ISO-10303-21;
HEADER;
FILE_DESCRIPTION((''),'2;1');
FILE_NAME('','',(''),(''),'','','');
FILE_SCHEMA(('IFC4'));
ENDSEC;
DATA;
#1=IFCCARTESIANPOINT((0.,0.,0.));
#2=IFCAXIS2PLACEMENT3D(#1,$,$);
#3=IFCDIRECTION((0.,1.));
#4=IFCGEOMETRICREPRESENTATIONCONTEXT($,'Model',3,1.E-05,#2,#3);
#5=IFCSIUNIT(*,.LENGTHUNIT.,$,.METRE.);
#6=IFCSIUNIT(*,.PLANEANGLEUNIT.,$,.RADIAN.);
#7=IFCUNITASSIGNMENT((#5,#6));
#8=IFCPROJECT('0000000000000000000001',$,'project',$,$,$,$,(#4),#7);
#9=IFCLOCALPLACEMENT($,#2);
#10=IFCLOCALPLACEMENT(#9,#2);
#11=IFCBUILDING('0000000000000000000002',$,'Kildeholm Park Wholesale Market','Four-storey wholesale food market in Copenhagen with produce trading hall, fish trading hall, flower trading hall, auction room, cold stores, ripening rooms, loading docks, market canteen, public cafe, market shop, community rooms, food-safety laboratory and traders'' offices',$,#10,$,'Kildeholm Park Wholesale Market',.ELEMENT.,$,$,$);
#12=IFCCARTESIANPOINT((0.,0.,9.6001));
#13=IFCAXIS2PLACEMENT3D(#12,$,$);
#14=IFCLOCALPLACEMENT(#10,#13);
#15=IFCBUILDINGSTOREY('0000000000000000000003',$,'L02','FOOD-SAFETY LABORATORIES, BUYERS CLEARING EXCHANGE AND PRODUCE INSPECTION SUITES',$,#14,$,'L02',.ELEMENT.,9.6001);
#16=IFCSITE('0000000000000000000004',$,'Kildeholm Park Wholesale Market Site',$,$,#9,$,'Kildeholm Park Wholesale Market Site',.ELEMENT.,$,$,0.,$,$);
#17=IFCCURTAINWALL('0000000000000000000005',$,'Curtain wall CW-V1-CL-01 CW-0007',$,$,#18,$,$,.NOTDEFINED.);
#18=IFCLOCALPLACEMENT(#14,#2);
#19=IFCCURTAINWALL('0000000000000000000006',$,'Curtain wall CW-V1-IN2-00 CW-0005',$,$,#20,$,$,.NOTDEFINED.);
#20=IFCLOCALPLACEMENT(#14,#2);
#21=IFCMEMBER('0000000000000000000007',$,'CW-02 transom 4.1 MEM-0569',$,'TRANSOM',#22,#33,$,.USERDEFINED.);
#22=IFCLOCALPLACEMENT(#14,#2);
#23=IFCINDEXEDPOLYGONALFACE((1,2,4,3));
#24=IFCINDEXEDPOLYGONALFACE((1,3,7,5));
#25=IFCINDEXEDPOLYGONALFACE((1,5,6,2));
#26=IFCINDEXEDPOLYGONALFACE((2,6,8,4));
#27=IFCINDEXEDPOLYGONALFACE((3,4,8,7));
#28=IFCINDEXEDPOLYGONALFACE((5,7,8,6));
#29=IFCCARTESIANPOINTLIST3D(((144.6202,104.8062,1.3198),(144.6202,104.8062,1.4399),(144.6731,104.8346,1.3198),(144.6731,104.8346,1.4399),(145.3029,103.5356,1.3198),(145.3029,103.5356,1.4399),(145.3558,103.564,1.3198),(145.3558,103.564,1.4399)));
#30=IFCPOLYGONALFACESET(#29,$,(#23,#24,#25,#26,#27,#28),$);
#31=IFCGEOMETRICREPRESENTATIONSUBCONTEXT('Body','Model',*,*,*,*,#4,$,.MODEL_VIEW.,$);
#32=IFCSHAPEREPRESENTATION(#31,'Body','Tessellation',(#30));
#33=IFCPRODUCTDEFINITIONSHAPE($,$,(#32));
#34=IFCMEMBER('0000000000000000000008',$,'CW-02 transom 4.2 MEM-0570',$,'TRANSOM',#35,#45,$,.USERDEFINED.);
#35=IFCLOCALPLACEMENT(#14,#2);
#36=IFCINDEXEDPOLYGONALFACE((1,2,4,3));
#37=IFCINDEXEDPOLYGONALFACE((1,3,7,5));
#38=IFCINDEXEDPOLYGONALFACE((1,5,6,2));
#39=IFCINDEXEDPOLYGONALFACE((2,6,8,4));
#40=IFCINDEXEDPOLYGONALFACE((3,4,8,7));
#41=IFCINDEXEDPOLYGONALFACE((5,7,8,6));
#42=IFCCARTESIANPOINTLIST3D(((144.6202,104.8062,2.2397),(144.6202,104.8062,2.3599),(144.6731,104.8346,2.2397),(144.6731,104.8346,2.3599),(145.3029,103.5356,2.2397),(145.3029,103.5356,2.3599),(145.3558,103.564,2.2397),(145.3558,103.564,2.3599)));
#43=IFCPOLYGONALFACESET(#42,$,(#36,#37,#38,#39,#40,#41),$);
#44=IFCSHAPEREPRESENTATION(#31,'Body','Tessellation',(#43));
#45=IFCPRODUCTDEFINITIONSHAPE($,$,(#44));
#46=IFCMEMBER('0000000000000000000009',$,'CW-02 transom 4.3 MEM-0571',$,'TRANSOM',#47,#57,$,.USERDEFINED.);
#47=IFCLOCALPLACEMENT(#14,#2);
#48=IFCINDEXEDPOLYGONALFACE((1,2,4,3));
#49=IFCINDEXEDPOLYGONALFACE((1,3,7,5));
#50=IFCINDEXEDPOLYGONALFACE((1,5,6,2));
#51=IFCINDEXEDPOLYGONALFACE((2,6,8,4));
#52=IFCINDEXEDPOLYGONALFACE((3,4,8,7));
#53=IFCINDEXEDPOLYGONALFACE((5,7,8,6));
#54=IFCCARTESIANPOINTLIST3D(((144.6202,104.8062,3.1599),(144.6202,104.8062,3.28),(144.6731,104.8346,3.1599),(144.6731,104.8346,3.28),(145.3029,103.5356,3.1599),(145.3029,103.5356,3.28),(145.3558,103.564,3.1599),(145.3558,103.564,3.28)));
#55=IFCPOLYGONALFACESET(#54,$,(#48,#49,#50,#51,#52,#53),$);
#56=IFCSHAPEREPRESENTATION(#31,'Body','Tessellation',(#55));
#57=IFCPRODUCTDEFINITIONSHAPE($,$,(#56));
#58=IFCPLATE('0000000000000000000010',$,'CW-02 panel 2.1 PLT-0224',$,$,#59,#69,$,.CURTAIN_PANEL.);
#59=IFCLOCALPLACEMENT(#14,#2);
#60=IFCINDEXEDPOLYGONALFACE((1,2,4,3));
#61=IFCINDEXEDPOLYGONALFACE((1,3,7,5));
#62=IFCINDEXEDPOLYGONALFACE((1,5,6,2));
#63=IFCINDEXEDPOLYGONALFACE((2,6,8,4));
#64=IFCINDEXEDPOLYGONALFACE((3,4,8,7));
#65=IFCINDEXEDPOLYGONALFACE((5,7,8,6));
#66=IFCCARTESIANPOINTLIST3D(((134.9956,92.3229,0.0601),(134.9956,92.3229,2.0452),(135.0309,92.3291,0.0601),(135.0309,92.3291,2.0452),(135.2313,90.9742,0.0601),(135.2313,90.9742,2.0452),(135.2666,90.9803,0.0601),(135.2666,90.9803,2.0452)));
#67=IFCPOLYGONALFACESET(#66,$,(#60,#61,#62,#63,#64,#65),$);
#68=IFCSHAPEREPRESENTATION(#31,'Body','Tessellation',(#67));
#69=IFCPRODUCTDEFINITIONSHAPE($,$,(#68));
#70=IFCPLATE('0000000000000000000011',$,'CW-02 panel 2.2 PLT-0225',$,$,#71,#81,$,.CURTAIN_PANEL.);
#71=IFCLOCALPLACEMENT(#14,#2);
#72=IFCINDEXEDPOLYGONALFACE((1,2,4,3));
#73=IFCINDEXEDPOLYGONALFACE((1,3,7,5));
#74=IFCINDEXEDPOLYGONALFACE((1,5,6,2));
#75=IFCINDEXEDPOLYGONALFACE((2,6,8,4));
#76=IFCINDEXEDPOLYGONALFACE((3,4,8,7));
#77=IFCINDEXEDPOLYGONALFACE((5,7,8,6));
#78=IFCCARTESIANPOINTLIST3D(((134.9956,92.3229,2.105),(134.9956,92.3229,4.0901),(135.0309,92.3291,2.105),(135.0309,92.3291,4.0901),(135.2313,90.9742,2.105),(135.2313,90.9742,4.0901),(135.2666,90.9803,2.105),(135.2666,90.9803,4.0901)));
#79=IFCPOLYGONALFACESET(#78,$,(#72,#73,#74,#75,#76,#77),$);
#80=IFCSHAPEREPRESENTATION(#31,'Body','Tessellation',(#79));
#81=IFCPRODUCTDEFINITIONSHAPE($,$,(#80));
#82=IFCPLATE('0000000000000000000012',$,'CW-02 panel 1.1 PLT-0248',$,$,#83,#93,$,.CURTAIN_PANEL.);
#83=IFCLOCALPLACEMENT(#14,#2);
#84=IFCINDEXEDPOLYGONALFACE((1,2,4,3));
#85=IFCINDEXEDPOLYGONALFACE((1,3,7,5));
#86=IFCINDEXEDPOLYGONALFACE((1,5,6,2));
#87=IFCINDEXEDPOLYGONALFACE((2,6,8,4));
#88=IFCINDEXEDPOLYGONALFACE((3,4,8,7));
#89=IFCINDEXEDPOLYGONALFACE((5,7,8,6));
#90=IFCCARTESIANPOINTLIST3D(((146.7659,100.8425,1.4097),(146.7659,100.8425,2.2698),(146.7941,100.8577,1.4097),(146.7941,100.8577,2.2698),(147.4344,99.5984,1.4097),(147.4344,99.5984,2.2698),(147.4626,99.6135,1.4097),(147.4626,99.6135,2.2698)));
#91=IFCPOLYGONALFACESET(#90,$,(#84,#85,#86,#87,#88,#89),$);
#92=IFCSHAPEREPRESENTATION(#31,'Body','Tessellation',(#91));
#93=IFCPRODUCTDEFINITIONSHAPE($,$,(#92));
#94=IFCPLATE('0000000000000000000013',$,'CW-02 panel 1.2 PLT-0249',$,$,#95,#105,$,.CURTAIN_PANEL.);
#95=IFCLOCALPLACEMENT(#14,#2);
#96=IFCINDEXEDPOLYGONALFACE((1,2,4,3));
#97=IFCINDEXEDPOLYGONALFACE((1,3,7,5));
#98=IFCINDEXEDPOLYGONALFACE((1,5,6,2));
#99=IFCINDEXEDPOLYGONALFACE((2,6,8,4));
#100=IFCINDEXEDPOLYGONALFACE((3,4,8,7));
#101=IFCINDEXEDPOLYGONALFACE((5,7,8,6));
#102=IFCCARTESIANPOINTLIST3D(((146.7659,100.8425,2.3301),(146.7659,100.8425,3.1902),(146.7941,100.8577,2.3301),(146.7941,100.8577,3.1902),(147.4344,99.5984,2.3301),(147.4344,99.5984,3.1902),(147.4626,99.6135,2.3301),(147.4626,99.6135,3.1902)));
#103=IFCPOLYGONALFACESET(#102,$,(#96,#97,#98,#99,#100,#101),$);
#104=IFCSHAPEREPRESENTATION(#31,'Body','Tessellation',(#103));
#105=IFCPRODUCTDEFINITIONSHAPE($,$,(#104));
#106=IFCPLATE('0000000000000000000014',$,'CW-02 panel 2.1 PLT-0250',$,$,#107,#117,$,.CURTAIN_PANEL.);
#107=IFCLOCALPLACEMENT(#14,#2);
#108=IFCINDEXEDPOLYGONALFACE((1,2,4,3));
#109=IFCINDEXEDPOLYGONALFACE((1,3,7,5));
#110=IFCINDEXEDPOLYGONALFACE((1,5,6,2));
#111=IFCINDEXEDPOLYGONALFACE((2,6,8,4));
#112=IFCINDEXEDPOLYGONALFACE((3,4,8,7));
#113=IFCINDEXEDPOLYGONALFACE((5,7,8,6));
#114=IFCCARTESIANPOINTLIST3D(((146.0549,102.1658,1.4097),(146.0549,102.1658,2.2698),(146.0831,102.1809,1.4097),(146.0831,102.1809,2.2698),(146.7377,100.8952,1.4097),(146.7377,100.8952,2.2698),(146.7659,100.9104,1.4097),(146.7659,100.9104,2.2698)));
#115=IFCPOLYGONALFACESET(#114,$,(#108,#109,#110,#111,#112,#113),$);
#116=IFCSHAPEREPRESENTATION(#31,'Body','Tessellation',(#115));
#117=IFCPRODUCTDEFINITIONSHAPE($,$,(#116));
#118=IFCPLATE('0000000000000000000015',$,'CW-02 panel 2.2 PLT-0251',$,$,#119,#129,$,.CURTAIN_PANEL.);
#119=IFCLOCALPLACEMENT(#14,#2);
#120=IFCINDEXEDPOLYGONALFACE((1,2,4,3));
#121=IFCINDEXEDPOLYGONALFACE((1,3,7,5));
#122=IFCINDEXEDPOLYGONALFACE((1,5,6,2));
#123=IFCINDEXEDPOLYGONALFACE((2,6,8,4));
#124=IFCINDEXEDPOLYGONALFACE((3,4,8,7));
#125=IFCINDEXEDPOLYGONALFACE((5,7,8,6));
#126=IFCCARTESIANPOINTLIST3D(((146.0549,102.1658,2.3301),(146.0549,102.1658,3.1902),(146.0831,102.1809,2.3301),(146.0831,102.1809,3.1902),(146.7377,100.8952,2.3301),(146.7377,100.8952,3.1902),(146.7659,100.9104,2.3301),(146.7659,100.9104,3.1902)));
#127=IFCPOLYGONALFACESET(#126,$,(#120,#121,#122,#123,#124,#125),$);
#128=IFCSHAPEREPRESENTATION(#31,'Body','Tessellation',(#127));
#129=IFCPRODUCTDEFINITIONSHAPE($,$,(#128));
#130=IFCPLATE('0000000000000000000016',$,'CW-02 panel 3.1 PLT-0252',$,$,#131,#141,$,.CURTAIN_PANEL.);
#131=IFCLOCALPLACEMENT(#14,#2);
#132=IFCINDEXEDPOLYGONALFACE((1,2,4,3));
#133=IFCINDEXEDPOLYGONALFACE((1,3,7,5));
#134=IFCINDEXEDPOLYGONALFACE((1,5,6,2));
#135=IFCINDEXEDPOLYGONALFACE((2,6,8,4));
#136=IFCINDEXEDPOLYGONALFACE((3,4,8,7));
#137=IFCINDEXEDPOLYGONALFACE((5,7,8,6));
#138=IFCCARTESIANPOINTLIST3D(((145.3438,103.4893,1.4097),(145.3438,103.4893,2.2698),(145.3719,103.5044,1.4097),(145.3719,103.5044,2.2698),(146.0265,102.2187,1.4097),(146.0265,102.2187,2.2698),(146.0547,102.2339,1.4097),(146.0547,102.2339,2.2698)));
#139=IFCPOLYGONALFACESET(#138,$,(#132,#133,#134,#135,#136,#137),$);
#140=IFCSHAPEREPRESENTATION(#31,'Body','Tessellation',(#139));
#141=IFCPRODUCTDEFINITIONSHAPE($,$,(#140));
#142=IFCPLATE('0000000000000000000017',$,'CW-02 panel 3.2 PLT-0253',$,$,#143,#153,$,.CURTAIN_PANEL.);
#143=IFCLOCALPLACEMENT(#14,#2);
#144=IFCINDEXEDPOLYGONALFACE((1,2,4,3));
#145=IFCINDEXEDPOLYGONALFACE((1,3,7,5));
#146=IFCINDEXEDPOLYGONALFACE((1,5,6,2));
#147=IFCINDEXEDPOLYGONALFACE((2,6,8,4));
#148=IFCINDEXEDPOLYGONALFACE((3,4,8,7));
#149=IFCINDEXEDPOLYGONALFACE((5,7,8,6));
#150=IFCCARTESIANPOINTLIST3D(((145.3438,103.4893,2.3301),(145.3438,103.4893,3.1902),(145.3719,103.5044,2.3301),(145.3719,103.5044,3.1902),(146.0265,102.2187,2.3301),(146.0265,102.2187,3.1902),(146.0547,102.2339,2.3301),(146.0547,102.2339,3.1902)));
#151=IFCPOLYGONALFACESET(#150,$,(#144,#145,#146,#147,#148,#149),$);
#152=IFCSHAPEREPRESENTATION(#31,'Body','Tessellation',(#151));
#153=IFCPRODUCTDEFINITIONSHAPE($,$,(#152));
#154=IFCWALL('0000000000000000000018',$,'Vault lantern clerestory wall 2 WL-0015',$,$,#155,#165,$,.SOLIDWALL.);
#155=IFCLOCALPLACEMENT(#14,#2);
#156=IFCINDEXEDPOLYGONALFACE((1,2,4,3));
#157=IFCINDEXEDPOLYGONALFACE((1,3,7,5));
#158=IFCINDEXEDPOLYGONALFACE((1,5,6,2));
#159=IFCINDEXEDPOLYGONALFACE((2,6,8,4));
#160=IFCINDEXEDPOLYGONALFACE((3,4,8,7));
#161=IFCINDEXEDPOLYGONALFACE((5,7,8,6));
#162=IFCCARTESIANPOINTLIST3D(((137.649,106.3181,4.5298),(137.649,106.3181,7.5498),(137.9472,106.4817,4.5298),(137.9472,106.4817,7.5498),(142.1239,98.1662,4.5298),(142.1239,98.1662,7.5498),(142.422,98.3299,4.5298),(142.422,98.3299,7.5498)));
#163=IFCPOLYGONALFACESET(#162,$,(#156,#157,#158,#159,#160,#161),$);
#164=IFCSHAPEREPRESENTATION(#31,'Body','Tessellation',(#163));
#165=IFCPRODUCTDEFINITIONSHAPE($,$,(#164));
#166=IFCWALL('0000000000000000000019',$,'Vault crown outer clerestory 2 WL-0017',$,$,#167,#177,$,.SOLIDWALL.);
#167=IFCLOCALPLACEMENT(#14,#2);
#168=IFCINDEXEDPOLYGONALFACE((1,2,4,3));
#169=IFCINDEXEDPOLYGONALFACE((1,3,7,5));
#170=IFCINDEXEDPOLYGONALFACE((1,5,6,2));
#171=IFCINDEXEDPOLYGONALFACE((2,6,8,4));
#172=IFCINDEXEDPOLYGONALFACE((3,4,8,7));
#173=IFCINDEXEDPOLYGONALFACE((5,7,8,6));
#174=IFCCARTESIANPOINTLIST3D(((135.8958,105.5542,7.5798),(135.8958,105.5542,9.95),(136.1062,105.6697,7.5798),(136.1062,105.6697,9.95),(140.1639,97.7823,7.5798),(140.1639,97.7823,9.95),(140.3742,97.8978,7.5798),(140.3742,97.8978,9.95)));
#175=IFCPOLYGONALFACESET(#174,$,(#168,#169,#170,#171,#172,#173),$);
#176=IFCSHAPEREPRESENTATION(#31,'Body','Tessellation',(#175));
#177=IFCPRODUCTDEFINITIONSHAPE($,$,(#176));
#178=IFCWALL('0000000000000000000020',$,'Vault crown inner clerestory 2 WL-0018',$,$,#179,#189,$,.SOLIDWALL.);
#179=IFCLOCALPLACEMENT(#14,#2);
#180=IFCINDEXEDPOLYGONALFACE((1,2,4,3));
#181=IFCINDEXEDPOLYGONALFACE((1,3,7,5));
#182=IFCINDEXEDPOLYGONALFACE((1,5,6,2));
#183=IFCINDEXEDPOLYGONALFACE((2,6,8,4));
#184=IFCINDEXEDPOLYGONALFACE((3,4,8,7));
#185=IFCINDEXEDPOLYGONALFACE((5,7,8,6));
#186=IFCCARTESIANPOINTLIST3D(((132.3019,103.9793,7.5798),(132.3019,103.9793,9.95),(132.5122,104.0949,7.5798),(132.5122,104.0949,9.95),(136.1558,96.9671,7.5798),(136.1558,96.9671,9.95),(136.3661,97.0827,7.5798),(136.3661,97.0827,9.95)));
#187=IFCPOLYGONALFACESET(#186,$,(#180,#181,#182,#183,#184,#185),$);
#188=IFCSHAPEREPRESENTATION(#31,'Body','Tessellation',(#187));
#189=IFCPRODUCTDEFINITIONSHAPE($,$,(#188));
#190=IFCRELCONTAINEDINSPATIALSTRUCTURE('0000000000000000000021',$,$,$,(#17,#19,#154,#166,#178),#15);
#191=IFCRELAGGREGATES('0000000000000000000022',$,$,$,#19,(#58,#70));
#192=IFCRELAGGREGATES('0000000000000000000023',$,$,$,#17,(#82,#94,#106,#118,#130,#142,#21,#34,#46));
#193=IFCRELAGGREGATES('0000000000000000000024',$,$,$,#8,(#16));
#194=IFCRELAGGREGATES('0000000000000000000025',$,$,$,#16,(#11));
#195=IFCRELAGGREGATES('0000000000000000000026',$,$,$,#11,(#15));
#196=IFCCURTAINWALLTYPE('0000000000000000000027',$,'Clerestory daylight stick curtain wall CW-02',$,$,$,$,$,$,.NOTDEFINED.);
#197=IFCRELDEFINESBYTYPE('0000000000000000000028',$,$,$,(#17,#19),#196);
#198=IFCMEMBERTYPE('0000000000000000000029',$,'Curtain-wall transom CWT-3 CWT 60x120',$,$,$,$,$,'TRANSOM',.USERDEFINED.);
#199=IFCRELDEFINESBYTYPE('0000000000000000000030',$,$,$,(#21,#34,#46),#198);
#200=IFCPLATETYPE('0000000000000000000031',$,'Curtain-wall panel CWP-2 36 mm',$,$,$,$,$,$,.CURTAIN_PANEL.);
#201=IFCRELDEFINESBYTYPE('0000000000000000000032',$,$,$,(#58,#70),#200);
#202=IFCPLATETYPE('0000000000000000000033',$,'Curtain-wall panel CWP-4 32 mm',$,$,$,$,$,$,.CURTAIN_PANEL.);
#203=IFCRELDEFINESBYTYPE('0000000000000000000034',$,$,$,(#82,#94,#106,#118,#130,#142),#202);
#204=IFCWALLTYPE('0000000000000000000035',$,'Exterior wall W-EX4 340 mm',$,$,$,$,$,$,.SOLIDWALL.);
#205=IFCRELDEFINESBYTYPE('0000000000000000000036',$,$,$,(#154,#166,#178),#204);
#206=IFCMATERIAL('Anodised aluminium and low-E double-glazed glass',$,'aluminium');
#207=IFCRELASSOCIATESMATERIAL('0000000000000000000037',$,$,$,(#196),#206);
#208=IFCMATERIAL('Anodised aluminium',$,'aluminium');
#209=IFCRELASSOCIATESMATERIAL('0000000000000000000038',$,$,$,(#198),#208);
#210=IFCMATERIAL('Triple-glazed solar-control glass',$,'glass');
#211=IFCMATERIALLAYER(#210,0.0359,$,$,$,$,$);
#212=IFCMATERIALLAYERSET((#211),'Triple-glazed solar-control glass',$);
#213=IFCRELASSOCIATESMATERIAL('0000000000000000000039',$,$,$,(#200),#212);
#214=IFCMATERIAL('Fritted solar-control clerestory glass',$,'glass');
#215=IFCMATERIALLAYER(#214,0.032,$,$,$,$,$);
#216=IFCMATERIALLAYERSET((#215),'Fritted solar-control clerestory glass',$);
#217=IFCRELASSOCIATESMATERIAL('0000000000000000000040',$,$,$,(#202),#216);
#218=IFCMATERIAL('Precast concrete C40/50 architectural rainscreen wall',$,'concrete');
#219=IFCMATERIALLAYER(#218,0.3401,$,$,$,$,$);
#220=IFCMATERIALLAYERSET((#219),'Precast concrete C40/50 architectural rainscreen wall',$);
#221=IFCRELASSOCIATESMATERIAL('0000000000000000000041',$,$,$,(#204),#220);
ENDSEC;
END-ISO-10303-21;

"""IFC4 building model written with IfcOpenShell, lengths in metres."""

from ifc_helpers import new_model, si_unit, direction, frame, frame_2d, origin, origin_2d, place, context, subcontext, project, spatial, rectangle, extrude, material, layer, layer_set, material_profile, profile_set, type_object, element, aggregate, save


model = new_model("IFC4")

# Units and contexts
model_context = context("Model", 3, precision=1e-05, world=origin(), true_north=direction((0.0, 1.0)))
body_context = subcontext(model_context, "Body", "Model", "MODEL_VIEW")
ifc_project = project(units=[si_unit("LENGTHUNIT", "METRE"), si_unit("PLANEANGLEUNIT", "RADIAN")], contexts=[model_context])

# Site, building, storey
site_placement = place(None, origin())
site = spatial("IfcSite", under=ifc_project, at=site_placement, Name="Kildeholm Park Wholesale Market Site", LongName="Kildeholm Park Wholesale Market Site", CompositionType="ELEMENT", RefElevation=0.0)
building_placement = place(site_placement, origin())
building = spatial("IfcBuilding", under=site, at=building_placement, Name="Kildeholm Park Wholesale Market", Description="Four-storey wholesale food market in Copenhagen with produce trading hall, fish trading hall, flower trading hall, auction room, cold stores, ripening rooms, loading docks, market canteen, public cafe, market shop, community rooms, food-safety laboratory and traders' offices", LongName="Kildeholm Park Wholesale Market", CompositionType="ELEMENT")
storey_placement = place(building_placement, frame((0.0, 0.0, 9.6001)))
storey = spatial("IfcBuildingStorey", under=building, at=storey_placement, Name="L02", Description="FOOD-SAFETY LABORATORIES, BUYERS CLEARING EXCHANGE AND PRODUCE INSPECTION SUITES", LongName="L02", CompositionType="ELEMENT", Elevation=9.6001)

# Curtain walls
ifc_material_1 = material(Name="Anodised aluminium and low-E double-glazed glass", Category="aluminium")
curtain_wall_type = type_object("IfcCurtainWallType", Name="Clerestory daylight stick curtain wall CW-02", PredefinedType="NOTDEFINED", material=ifc_material_1)
curtain_wall_1_placement = place(storey_placement, origin())
curtain_wall_1 = element("IfcCurtainWall", 1, at=curtain_wall_1_placement, inside=storey, type_object=curtain_wall_type, Name="Curtain wall CW-V1-CL-01 CW-0007", PredefinedType="NOTDEFINED")
ifc_material_2 = material(Name="Anodised aluminium", Category="aluminium")
curtain_wall_2_placement = place(storey_placement, origin())
curtain_wall_2 = element("IfcCurtainWall", 2, at=curtain_wall_2_placement, inside=storey, type_object=curtain_wall_type, Name="Curtain wall CW-V1-IN2-00 CW-0005", PredefinedType="NOTDEFINED")
ifc_material_profile_1 = material_profile(ifc_material_2, rectangle(XDim=0.0601, YDim=0.1201, at=origin_2d()), Name="CWT 60x120")
ifc_profile_set_1 = profile_set([ifc_material_profile_1], Name="Anodised aluminium")
member_type_1 = type_object("IfcMemberType", Name="Curtain-wall transom CWT-3 CWT 60x120", ElementType="TRANSOM", PredefinedType="USERDEFINED", material=ifc_profile_set_1)

# Members
member_1_placement = place(storey_placement, frame((145.3293, 103.5498, 1.3799), z_axis=(-0.473292, 0.880906, 0.0), x_axis=(-0.880906, -0.473292, 0.0)))
member_1 = element("IfcMember", 3, at=member_1_placement, type_object=member_type_1, Name="CW-02 transom 4.1 MEM-0569", ObjectType="TRANSOM", PredefinedType="USERDEFINED", context=body_context, shape_type="SweptSolid", body=[
    extrude(rectangle(XDim=0.0601, YDim=0.1201, at=origin_2d()), origin(), (0.0, 0.0, 1.0), 1.4424),
])
member_2_placement = place(storey_placement, frame((145.3293, 103.5498, 2.2998), z_axis=(-0.473292, 0.880906, 0.0), x_axis=(-0.880906, -0.473292, 0.0)))
member_2 = element("IfcMember", 4, at=member_2_placement, type_object=member_type_1, Name="CW-02 transom 4.2 MEM-0570", ObjectType="TRANSOM", PredefinedType="USERDEFINED", context=body_context, shape_type="SweptSolid", body=[
    extrude(rectangle(XDim=0.0601, YDim=0.1201, at=origin_2d()), origin(), (0.0, 0.0, 1.0), 1.4424),
])
member_3_placement = place(storey_placement, frame((145.3293, 103.5498, 3.22), z_axis=(-0.473292, 0.880906, 0.0), x_axis=(-0.880906, -0.473292, 0.0)))
member_3 = element("IfcMember", 5, at=member_3_placement, type_object=member_type_1, Name="CW-02 transom 4.3 MEM-0571", ObjectType="TRANSOM", PredefinedType="USERDEFINED", context=body_context, shape_type="SweptSolid", body=[
    extrude(rectangle(XDim=0.0601, YDim=0.1201, at=origin_2d()), origin(), (0.0, 0.0, 1.0), 1.4424),
])

# Plates
ifc_material_3 = material(Name="Triple-glazed solar-control glass", Category="glass")
ifc_layer_1 = layer(ifc_material_3, 0.0359)
ifc_layer_set_1 = layer_set([ifc_layer_1], Name="Triple-glazed solar-control glass")
plate_type_1 = type_object("IfcPlateType", Name="Curtain-wall panel CWP-2 36 mm", PredefinedType="CURTAIN_PANEL", material=ifc_layer_set_1)
plate_1_placement = place(storey_placement, frame((135.1311, 91.6516, 0.0601), z_axis=(0.0, 0.0, 1.0), x_axis=(-0.172133, 0.985074, 0.0)))
plate_1 = element("IfcPlate", 6, at=plate_1_placement, type_object=plate_type_1, Name="CW-02 panel 2.1 PLT-0224", PredefinedType="CURTAIN_PANEL", context=body_context, shape_type="SweptSolid", body=[
    extrude(rectangle(XDim=1.3691, YDim=0.0359, at=origin_2d()), origin(), (0.0, 0.0, 1.0), 1.9851),
])
plate_2_placement = place(storey_placement, frame((135.1311, 91.6516, 2.105), z_axis=(0.0, 0.0, 1.0), x_axis=(-0.172133, 0.985074, 0.0)))
plate_2 = element("IfcPlate", 7, at=plate_2_placement, type_object=plate_type_1, Name="CW-02 panel 2.2 PLT-0225", PredefinedType="CURTAIN_PANEL", context=body_context, shape_type="SweptSolid", body=[
    extrude(rectangle(XDim=1.3691, YDim=0.0359, at=origin_2d()), origin(), (0.0, 0.0, 1.0), 1.9851),
])
aggregate(curtain_wall_2, [plate_1, plate_2])
ifc_material_4 = material(Name="Fritted solar-control clerestory glass", Category="glass")
ifc_layer_2 = layer(ifc_material_4, 0.032)
ifc_layer_set_2 = layer_set([ifc_layer_2], Name="Fritted solar-control clerestory glass")
plate_type_2 = type_object("IfcPlateType", Name="Curtain-wall panel CWP-4 32 mm", PredefinedType="CURTAIN_PANEL", material=ifc_layer_set_2)
plate_3_placement = place(storey_placement, frame((147.1143, 100.228, 1.4097), z_axis=(0.0, 0.0, 1.0), x_axis=(-0.47334, 0.88088, 0.0)))
plate_3 = element("IfcPlate", 8, at=plate_3_placement, type_object=plate_type_2, Name="CW-02 panel 1.1 PLT-0248", PredefinedType="CURTAIN_PANEL", context=body_context, shape_type="SweptSolid", body=[
    extrude(rectangle(XDim=1.4124, YDim=0.032, at=origin_2d()), origin(), (0.0, 0.0, 1.0), 0.8601),
])
plate_4_placement = place(storey_placement, frame((147.1143, 100.228, 2.3301), z_axis=(0.0, 0.0, 1.0), x_axis=(-0.47334, 0.88088, 0.0)))
plate_4 = element("IfcPlate", 9, at=plate_4_placement, type_object=plate_type_2, Name="CW-02 panel 1.2 PLT-0249", PredefinedType="CURTAIN_PANEL", context=body_context, shape_type="SweptSolid", body=[
    extrude(rectangle(XDim=1.4124, YDim=0.032, at=origin_2d()), origin(), (0.0, 0.0, 1.0), 0.8601),
])
plate_5_placement = place(storey_placement, frame((146.4104, 101.5381, 1.4097), z_axis=(0.0, 0.0, 1.0), x_axis=(-0.47334, 0.88088, 0.0)))
plate_5 = element("IfcPlate", 10, at=plate_5_placement, type_object=plate_type_2, Name="CW-02 panel 2.1 PLT-0250", PredefinedType="CURTAIN_PANEL", context=body_context, shape_type="SweptSolid", body=[
    extrude(rectangle(XDim=1.4424, YDim=0.032, at=origin_2d()), origin(), (0.0, 0.0, 1.0), 0.8601),
])
plate_6_placement = place(storey_placement, frame((146.4104, 101.5381, 2.3301), z_axis=(0.0, 0.0, 1.0), x_axis=(-0.47334, 0.88088, 0.0)))
plate_6 = element("IfcPlate", 11, at=plate_6_placement, type_object=plate_type_2, Name="CW-02 panel 2.2 PLT-0251", PredefinedType="CURTAIN_PANEL", context=body_context, shape_type="SweptSolid", body=[
    extrude(rectangle(XDim=1.4424, YDim=0.032, at=origin_2d()), origin(), (0.0, 0.0, 1.0), 0.8601),
])
plate_7_placement = place(storey_placement, frame((145.6992, 102.8616, 1.4097), z_axis=(0.0, 0.0, 1.0), x_axis=(-0.47334, 0.88088, 0.0)))
plate_7 = element("IfcPlate", 12, at=plate_7_placement, type_object=plate_type_2, Name="CW-02 panel 3.1 PLT-0252", PredefinedType="CURTAIN_PANEL", context=body_context, shape_type="SweptSolid", body=[
    extrude(rectangle(XDim=1.4424, YDim=0.032, at=origin_2d()), origin(), (0.0, 0.0, 1.0), 0.8601),
])
plate_8_placement = place(storey_placement, frame((145.6992, 102.8616, 2.3301), z_axis=(0.0, 0.0, 1.0), x_axis=(-0.47334, 0.88088, 0.0)))
plate_8 = element("IfcPlate", 13, at=plate_8_placement, type_object=plate_type_2, Name="CW-02 panel 3.2 PLT-0253", PredefinedType="CURTAIN_PANEL", context=body_context, shape_type="SweptSolid", body=[
    extrude(rectangle(XDim=1.4424, YDim=0.032, at=origin_2d()), origin(), (0.0, 0.0, 1.0), 0.8601),
])
aggregate(curtain_wall_1, [plate_3, plate_4, plate_5, plate_6, plate_7, plate_8, member_1, member_2, member_3])

# Walls
ifc_material_5 = material(Name="Precast concrete C40/50 architectural rainscreen wall", Category="concrete")
ifc_layer_3 = layer(ifc_material_5, 0.3401)
ifc_layer_set_3 = layer_set([ifc_layer_3], Name="Precast concrete C40/50 architectural rainscreen wall")
wall_type_1 = type_object("IfcWallType", Name="Exterior wall W-EX4 340 mm", PredefinedType="SOLIDWALL", material=ifc_layer_set_3)
wall_1_placement = place(storey_placement, frame((142.2729, 98.248, 4.5298), z_axis=(0.0, 0.0, 1.0), x_axis=(-0.481203, 0.876609, 0.0)))
element("IfcWall", 14, at=wall_1_placement, inside=storey, type_object=wall_type_1, Name="Vault lantern clerestory wall 2 WL-0015", PredefinedType="SOLIDWALL", context=body_context, shape_type="SweptSolid", body=[
    extrude(rectangle(XDim=9.2993, YDim=0.3401, at=frame_2d((4.6497, 0.0))), origin(), (0.0, 0.0, 1.0), 3.02),
])
wall_2_placement = place(storey_placement, frame((140.269, 97.8401, 7.5798), z_axis=(0.0, 0.0, 1.0), x_axis=(-0.481354, 0.876526, 0.0)))
element("IfcWall", 15, at=wall_2_placement, inside=storey, type_object=wall_type_1, Name="Vault crown outer clerestory 2 WL-0017", PredefinedType="SOLIDWALL", context=body_context, shape_type="SweptSolid", body=[
    extrude(rectangle(XDim=8.8667, YDim=0.24, at=frame_2d((4.4333, 0.0))), origin(), (0.0, 0.0, 1.0), 2.3701),
])
wall_3_placement = place(storey_placement, frame((136.261, 97.0249, 7.5798), z_axis=(0.0, 0.0, 1.0), x_axis=(-0.481659, 0.876359, 0.0)))
element("IfcWall", 16, at=wall_3_placement, inside=storey, type_object=wall_type_1, Name="Vault crown inner clerestory 2 WL-0018", PredefinedType="SOLIDWALL", context=body_context, shape_type="SweptSolid", body=[
    extrude(rectangle(XDim=8.0015, YDim=0.24, at=frame_2d((4.0007, 0.0))), origin(), (0.0, 0.0, 1.0), 2.3701),
])

save(model, "model.ifc")
